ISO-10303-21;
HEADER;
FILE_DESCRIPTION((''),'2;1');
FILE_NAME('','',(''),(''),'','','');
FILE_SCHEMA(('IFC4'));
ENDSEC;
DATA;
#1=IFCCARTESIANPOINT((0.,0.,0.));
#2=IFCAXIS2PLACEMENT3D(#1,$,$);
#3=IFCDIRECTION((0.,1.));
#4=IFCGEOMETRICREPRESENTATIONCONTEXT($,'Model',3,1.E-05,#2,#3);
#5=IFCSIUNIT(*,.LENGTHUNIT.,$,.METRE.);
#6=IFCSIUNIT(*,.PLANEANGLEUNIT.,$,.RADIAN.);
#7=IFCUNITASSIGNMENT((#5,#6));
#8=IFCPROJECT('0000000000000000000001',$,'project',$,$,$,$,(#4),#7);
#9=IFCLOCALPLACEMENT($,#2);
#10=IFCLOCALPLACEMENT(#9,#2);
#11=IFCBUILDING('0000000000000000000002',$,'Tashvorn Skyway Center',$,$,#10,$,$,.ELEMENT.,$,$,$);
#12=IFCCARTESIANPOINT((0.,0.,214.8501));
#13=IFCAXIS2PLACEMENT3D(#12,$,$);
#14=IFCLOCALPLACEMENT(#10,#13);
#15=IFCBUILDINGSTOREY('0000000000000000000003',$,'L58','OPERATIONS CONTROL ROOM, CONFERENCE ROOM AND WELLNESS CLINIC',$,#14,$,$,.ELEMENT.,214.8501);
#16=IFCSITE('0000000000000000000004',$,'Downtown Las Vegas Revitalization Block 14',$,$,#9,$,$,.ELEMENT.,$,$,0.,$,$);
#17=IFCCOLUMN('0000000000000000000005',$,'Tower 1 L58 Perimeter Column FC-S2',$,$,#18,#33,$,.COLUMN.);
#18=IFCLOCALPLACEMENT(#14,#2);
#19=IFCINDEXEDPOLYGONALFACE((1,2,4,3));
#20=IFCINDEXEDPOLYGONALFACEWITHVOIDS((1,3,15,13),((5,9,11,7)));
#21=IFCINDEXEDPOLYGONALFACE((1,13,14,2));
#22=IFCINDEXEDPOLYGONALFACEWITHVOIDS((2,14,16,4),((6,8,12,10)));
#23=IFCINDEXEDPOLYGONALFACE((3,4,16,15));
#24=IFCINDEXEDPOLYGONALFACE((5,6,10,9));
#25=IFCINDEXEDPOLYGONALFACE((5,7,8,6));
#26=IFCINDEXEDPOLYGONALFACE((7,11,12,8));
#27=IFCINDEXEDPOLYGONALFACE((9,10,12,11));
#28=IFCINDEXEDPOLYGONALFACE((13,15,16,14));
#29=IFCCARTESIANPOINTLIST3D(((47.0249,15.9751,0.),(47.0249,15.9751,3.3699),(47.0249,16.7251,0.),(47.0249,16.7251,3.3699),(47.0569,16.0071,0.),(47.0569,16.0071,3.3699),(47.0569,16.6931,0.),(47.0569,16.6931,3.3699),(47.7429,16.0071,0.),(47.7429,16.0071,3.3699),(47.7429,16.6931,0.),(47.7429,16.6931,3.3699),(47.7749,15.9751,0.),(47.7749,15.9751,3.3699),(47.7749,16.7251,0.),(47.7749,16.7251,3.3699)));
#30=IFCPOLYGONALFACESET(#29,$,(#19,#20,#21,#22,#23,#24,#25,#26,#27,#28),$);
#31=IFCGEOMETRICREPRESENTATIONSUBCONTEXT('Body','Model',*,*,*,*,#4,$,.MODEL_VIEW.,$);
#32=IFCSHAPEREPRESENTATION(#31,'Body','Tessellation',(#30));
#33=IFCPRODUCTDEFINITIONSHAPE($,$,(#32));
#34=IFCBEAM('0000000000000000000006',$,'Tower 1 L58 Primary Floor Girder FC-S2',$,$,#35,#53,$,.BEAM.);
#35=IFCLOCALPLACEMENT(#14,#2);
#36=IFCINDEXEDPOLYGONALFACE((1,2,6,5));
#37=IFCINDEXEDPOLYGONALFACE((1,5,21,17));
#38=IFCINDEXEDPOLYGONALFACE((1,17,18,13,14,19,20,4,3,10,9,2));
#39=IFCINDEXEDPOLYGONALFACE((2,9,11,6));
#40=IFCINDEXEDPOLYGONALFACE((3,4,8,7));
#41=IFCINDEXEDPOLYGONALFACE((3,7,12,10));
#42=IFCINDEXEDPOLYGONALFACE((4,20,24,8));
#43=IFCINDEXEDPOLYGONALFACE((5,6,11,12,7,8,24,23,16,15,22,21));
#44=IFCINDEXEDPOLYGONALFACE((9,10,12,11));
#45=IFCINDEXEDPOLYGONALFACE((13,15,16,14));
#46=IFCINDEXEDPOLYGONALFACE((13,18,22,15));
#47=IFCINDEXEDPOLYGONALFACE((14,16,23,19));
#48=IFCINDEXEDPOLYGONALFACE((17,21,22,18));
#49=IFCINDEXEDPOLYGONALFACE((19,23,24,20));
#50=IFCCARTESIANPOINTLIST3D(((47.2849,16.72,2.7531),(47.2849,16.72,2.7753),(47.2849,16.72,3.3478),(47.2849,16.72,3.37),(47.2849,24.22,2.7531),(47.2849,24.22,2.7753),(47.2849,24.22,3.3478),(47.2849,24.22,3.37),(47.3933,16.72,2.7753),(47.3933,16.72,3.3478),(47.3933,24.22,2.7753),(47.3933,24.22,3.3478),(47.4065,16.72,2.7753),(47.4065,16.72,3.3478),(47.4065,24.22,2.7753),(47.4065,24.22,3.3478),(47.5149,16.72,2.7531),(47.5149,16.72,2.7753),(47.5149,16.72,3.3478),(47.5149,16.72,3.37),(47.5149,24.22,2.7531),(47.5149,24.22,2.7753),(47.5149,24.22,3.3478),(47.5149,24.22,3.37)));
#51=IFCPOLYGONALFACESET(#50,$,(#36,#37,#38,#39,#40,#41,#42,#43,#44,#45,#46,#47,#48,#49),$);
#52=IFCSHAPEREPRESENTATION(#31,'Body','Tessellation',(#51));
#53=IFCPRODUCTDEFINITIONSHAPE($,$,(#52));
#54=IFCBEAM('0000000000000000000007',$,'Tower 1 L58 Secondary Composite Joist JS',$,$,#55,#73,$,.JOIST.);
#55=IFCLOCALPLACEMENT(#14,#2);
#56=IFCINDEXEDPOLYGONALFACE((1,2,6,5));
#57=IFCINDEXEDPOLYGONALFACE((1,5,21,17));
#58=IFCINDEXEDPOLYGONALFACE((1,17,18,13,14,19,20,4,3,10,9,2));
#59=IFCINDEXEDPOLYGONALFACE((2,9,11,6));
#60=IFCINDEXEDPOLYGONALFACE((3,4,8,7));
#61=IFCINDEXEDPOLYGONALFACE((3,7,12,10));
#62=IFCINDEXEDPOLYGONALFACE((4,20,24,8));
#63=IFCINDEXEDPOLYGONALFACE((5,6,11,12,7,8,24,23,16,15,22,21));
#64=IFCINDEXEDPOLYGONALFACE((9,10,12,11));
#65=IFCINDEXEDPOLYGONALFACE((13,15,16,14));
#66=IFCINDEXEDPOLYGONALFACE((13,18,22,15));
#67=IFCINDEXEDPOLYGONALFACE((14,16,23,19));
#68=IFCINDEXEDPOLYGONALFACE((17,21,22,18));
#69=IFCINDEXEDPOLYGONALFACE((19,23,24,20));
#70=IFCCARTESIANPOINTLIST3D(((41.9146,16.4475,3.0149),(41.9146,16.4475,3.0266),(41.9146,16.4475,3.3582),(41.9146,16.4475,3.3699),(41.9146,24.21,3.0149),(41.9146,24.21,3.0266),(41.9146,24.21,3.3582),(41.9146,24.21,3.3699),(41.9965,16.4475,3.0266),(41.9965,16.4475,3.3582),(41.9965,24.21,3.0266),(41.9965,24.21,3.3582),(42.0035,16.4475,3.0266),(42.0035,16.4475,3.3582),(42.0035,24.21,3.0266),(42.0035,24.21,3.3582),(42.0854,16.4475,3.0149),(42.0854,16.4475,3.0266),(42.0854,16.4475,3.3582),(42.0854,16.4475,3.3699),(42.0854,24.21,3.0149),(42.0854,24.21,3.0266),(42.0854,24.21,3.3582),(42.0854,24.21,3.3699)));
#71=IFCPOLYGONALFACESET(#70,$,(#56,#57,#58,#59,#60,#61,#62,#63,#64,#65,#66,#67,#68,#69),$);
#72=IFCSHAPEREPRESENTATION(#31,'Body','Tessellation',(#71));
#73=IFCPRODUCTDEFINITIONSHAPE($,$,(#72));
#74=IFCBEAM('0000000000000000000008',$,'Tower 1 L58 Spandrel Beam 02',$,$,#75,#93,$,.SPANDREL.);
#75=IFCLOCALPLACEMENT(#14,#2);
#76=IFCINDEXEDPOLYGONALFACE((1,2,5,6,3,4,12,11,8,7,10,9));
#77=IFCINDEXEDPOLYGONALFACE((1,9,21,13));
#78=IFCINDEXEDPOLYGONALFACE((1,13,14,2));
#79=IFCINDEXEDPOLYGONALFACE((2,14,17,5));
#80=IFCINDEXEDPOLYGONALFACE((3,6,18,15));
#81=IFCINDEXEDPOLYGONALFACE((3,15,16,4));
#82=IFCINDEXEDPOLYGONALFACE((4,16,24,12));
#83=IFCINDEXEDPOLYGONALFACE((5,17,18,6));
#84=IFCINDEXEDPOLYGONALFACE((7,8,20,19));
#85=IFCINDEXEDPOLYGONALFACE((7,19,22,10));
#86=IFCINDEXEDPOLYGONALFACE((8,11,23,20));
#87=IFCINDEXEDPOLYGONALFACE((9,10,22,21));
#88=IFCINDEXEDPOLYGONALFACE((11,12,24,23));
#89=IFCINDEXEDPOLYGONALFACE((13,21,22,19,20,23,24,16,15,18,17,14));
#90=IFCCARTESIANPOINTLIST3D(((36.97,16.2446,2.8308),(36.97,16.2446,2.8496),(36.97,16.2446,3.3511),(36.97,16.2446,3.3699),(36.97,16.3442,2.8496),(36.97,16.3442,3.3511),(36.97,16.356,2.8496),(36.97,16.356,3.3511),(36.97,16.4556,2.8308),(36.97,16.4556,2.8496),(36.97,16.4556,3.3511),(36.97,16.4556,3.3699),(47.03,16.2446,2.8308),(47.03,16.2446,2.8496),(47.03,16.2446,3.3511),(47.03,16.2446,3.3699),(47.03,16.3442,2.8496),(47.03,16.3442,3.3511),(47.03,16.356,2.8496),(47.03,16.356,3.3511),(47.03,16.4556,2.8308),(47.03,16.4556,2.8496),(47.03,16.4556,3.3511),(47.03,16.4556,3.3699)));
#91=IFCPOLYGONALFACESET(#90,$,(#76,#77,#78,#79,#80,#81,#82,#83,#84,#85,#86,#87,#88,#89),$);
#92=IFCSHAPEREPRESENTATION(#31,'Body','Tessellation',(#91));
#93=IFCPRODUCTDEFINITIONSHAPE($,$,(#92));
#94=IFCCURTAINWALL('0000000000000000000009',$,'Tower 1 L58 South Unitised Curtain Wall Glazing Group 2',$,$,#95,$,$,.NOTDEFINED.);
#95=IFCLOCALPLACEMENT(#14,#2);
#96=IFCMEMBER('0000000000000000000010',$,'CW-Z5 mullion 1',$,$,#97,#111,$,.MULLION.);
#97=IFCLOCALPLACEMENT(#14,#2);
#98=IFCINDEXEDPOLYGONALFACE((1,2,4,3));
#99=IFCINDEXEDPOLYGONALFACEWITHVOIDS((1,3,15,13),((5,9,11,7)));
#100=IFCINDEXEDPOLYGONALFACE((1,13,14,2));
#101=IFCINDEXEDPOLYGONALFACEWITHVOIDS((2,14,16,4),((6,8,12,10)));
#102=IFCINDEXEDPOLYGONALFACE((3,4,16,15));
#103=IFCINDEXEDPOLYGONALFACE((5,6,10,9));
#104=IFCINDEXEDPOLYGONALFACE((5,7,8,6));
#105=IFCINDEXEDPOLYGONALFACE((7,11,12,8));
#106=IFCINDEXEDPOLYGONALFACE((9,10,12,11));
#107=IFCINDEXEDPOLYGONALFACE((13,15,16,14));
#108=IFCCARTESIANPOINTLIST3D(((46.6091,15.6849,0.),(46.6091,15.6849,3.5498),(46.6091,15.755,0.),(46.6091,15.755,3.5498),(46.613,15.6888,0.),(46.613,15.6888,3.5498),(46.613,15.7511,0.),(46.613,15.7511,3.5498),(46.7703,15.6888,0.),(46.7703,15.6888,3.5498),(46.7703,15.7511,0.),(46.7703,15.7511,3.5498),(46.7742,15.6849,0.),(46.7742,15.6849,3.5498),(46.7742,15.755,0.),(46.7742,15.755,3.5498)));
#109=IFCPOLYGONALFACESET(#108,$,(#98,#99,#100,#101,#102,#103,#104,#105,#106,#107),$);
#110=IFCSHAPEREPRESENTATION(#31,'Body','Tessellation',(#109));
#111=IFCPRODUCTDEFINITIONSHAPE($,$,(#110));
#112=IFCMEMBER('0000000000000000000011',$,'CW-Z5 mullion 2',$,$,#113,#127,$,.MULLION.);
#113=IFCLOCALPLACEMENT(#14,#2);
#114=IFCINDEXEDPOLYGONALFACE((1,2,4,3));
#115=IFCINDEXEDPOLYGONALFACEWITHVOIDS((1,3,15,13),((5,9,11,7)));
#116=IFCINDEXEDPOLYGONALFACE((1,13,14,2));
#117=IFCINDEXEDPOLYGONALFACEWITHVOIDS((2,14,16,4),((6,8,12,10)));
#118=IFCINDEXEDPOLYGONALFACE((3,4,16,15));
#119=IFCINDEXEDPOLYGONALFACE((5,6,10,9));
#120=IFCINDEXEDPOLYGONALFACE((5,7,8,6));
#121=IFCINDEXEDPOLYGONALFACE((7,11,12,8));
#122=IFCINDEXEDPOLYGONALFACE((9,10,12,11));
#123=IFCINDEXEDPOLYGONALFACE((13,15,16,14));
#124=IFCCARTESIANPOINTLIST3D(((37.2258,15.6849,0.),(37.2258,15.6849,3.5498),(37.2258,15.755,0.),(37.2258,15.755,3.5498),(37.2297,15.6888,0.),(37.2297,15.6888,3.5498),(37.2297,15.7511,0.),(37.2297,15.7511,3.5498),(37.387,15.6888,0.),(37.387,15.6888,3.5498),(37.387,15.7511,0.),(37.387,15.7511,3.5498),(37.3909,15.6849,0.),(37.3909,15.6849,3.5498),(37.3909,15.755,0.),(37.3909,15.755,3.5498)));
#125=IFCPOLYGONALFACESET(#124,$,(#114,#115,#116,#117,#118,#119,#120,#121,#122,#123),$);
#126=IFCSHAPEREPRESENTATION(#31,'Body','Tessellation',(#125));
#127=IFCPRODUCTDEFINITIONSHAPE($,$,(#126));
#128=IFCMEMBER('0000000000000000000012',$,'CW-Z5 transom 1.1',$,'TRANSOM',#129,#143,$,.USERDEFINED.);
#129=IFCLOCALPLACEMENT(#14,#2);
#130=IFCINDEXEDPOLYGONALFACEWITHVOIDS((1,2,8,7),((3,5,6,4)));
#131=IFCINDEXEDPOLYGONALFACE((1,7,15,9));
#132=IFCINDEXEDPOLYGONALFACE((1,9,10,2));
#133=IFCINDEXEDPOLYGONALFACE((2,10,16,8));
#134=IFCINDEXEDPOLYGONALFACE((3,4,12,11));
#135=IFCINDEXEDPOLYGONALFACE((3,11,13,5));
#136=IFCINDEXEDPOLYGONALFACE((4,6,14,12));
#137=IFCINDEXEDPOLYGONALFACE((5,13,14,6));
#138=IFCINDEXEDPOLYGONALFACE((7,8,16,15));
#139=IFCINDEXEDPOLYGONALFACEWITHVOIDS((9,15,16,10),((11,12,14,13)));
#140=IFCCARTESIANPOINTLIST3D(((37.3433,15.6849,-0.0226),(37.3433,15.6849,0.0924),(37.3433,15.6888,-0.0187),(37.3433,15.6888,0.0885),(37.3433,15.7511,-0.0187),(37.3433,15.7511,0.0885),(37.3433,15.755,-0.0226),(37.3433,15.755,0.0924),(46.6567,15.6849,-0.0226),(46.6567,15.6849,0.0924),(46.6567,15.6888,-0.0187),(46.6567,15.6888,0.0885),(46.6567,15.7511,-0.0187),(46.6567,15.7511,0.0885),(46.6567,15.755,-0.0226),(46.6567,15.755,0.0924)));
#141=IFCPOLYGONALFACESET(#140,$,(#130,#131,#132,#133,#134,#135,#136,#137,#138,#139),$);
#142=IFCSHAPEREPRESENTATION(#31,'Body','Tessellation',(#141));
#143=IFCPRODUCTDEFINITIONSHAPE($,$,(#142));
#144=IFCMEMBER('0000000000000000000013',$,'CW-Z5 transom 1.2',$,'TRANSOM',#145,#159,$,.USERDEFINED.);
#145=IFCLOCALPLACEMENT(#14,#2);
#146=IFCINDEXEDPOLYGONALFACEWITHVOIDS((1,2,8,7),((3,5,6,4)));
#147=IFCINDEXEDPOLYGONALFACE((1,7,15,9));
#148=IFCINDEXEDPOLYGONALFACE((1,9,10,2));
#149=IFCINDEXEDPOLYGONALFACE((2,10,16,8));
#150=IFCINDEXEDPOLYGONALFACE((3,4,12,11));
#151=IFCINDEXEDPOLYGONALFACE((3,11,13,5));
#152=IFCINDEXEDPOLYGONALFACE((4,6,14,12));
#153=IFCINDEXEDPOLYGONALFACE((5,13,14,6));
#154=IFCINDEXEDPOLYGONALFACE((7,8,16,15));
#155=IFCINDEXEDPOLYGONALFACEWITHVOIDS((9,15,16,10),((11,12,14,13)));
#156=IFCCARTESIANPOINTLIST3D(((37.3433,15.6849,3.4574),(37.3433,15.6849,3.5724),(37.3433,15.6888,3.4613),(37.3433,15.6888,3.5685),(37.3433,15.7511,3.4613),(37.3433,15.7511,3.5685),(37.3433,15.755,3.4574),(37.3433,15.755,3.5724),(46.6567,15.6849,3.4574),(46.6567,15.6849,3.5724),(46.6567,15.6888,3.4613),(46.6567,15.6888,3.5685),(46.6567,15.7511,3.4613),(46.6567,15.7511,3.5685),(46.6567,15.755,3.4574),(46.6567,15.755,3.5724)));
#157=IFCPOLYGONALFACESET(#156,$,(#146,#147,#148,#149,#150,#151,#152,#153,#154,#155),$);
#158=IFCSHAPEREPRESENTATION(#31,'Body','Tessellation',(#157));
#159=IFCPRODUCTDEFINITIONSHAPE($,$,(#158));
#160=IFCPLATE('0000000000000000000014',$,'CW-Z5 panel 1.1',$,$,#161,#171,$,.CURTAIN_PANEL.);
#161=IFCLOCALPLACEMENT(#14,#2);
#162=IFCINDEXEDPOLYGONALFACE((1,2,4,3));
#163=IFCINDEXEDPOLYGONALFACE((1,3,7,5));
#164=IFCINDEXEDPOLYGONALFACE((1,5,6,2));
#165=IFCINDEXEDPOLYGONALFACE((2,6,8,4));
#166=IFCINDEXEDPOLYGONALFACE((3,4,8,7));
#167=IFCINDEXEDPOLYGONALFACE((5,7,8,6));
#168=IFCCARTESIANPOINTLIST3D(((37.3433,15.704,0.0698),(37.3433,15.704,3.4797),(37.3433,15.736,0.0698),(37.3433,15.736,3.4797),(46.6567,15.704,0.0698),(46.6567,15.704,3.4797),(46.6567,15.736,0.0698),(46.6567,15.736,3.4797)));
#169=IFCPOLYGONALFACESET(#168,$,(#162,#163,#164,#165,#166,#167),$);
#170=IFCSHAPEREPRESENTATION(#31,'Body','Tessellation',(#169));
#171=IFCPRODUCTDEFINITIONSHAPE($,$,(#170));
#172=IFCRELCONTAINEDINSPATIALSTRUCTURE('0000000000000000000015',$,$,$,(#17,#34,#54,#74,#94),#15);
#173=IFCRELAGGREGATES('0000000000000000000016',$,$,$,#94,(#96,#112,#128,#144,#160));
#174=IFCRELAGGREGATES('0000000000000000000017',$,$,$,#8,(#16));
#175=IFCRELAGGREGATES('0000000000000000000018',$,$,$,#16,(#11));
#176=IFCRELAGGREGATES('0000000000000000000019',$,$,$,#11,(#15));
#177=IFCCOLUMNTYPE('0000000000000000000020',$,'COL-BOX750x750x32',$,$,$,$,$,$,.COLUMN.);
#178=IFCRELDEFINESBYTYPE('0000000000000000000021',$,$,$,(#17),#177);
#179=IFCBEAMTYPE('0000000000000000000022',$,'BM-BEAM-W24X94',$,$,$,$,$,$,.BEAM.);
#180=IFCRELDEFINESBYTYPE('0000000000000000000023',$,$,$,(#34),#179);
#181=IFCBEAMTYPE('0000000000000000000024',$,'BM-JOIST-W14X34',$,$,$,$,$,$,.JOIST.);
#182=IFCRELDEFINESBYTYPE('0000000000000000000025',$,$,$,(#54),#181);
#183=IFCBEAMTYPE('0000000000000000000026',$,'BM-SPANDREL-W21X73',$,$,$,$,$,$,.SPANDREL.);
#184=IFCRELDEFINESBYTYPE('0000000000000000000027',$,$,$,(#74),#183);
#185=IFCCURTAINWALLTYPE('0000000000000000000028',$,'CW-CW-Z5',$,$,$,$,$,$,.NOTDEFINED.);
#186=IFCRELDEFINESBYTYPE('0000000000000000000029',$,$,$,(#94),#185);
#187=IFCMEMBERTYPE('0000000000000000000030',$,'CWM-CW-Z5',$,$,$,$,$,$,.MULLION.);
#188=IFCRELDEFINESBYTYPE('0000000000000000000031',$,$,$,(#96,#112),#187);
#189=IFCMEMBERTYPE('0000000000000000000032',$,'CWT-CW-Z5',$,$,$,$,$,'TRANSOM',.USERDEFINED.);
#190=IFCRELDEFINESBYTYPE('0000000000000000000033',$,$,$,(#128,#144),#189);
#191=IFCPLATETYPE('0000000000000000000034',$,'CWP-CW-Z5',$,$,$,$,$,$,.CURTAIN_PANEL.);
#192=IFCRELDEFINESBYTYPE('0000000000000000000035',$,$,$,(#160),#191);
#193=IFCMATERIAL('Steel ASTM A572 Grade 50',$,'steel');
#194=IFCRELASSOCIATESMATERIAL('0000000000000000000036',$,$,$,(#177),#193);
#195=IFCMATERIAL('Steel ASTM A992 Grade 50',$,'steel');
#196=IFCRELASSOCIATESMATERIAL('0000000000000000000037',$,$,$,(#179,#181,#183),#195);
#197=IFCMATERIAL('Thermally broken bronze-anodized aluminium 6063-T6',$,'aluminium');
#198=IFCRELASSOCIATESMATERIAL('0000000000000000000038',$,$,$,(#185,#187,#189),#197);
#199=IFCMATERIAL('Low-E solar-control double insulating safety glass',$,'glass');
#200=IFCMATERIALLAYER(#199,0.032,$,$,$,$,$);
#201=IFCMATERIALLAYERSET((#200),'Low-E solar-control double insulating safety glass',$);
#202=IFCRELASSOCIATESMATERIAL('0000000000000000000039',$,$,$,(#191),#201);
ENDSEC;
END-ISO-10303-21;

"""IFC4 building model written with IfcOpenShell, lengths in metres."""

from ifc_helpers import new_model, si_unit, direction, frame, origin, origin_2d, place, context, subcontext, project, spatial, rectangle, hollow_rectangle, i_section, extrude, material, layer, layer_set, material_profile, profile_set, type_object, element, aggregate, save


model = new_model("IFC4")

# Units and contexts
model_context = context("Model", 3, precision=1e-05, world=origin(), true_north=direction((0.0, 1.0)))
body_context = subcontext(model_context, "Body", "Model", "MODEL_VIEW")
ifc_project = project(units=[si_unit("LENGTHUNIT", "METRE"), si_unit("PLANEANGLEUNIT", "RADIAN")], contexts=[model_context])

# Site, building, storey
site_placement = place(None, origin())
site = spatial("IfcSite", under=ifc_project, at=site_placement, Name="Downtown Las Vegas Revitalization Block 14", CompositionType="ELEMENT", RefElevation=0.0)
building_placement = place(site_placement, origin())
building = spatial("IfcBuilding", under=site, at=building_placement, Name="Tashvorn Skyway Center", CompositionType="ELEMENT")
storey_placement = place(building_placement, frame((0.0, 0.0, 214.8501)))
storey = spatial("IfcBuildingStorey", under=building, at=storey_placement, Name="L58", Description="OPERATIONS CONTROL ROOM, CONFERENCE ROOM AND WELLNESS CLINIC", CompositionType="ELEMENT", Elevation=214.8501)

# Column
ifc_material_1 = material(Name="Steel ASTM A572 Grade 50", Category="steel")
ifc_material_profile_1 = material_profile(ifc_material_1, hollow_rectangle(XDim=0.75, YDim=0.75, WallThickness=0.032, at=origin_2d()), Name="BOX750x750x32")
ifc_profile_set_1 = profile_set([ifc_material_profile_1], Name="Steel ASTM A572 Grade 50")
column_type = type_object("IfcColumnType", Name="COL-BOX750x750x32", PredefinedType="COLUMN", material=ifc_profile_set_1)
column_placement = place(storey_placement, frame((47.3999, 16.3501, 0.0), z_axis=(0.0, 0.0, 1.0), x_axis=(1.0, 0.0, 0.0)))
element("IfcColumn", 1, at=column_placement, inside=storey, type_object=column_type, Name="Tower 1 L58 Perimeter Column FC-S2", PredefinedType="COLUMN", context=body_context, shape_type="SweptSolid", body=[
    extrude(hollow_rectangle(XDim=0.75, YDim=0.75, WallThickness=0.032, at=origin_2d()), origin(), (0.0, 0.0, 1.0), 3.3699),
])

# Beams
ifc_material_2 = material(Name="Steel ASTM A992 Grade 50", Category="steel")
ifc_material_profile_2 = material_profile(ifc_material_2, i_section(OverallWidth=0.23, OverallDepth=0.6169, WebThickness=0.0132, FlangeThickness=0.0222, at=origin_2d()), Name="W24X94")
ifc_profile_set_2 = profile_set([ifc_material_profile_2], Name="Steel ASTM A992 Grade 50")
beam_type_1 = type_object("IfcBeamType", Name="BM-BEAM-W24X94", PredefinedType="BEAM", material=ifc_profile_set_2)
beam_1_placement = place(storey_placement, frame((47.3999, 16.72, 3.0615), z_axis=(0.0, 1.0, 0.0), x_axis=(-1.0, 0.0, 0.0)))
element("IfcBeam", 2, at=beam_1_placement, inside=storey, type_object=beam_type_1, Name="Tower 1 L58 Primary Floor Girder FC-S2", PredefinedType="BEAM", context=body_context, shape_type="SweptSolid", body=[
    extrude(i_section(OverallWidth=0.23, OverallDepth=0.6169, WebThickness=0.0132, FlangeThickness=0.0222, at=origin_2d()), origin(), (0.0, 0.0, 1.0), 7.5),
])
ifc_material_profile_3 = material_profile(ifc_material_2, i_section(OverallWidth=0.1709, OverallDepth=0.355, WebThickness=0.0071, FlangeThickness=0.0117, at=origin_2d()), Name="W14X34")
ifc_profile_set_3 = profile_set([ifc_material_profile_3], Name="Steel ASTM A992 Grade 50")
beam_type_2 = type_object("IfcBeamType", Name="BM-JOIST-W14X34", PredefinedType="JOIST", material=ifc_profile_set_3)
beam_2_placement = place(storey_placement, frame((42.0, 24.21, 3.1924), z_axis=(0.0, -1.0, 0.0), x_axis=(1.0, 0.0, 0.0)))
element("IfcBeam", 3, at=beam_2_placement, inside=storey, type_object=beam_type_2, Name="Tower 1 L58 Secondary Composite Joist JS", PredefinedType="JOIST", context=body_context, shape_type="SweptSolid", body=[
    extrude(i_section(OverallWidth=0.1709, OverallDepth=0.355, WebThickness=0.0071, FlangeThickness=0.0117, at=origin_2d()), origin(), (0.0, 0.0, 1.0), 7.7625),
])
ifc_material_profile_4 = material_profile(ifc_material_2, i_section(OverallWidth=0.2109, OverallDepth=0.5391, WebThickness=0.0117, FlangeThickness=0.0188, at=origin_2d()), Name="W21X73")
ifc_profile_set_4 = profile_set([ifc_material_profile_4], Name="Steel ASTM A992 Grade 50")
beam_type_3 = type_object("IfcBeamType", Name="BM-SPANDREL-W21X73", PredefinedType="SPANDREL", material=ifc_profile_set_4)
beam_3_placement = place(storey_placement, frame((36.97, 16.3501, 3.1003), z_axis=(1.0, 0.0, 0.0), x_axis=(0.0, 1.0, 0.0)))
element("IfcBeam", 4, at=beam_3_placement, inside=storey, type_object=beam_type_3, Name="Tower 1 L58 Spandrel Beam 02", PredefinedType="SPANDREL", context=body_context, shape_type="SweptSolid", body=[
    extrude(i_section(OverallWidth=0.2109, OverallDepth=0.5391, WebThickness=0.0117, FlangeThickness=0.0188, at=origin_2d()), origin(), (0.0, 0.0, 1.0), 10.0601),
])

# Curtain wall, members, plate
ifc_material_3 = material(Name="Thermally broken bronze-anodized aluminium 6063-T6", Category="aluminium")
curtain_wall_type = type_object("IfcCurtainWallType", Name="CW-CW-Z5", PredefinedType="NOTDEFINED", material=ifc_material_3)
curtain_wall_placement = place(storey_placement, origin())
curtain_wall = element("IfcCurtainWall", 5, at=curtain_wall_placement, inside=storey, type_object=curtain_wall_type, Name="Tower 1 L58 South Unitised Curtain Wall Glazing Group 2", PredefinedType="NOTDEFINED")
ifc_material_profile_5 = material_profile(ifc_material_3, hollow_rectangle(XDim=0.0701, YDim=0.165, WallThickness=0.0039, at=origin_2d()), Name="ALU-MULL-70x165")
ifc_profile_set_5 = profile_set([ifc_material_profile_5], Name="Thermally broken bronze-anodized aluminium 6063-T6")
member_type_1 = type_object("IfcMemberType", Name="CWM-CW-Z5", PredefinedType="MULLION", material=ifc_profile_set_5)
member_1_placement = place(storey_placement, frame((46.6917, 15.72, 0.0), z_axis=(0.0, 0.0, 1.0), x_axis=(0.0, -1.0, 0.0)))
member_1 = element("IfcMember", 6, at=member_1_placement, type_object=member_type_1, Name="CW-Z5 mullion 1", PredefinedType="MULLION", context=body_context, shape_type="SweptSolid", body=[
    extrude(hollow_rectangle(XDim=0.0701, YDim=0.165, WallThickness=0.0039, at=origin_2d()), origin(), (0.0, 0.0, 1.0), 3.5498),
])
member_2_placement = place(storey_placement, frame((37.3083, 15.72, 0.0), z_axis=(0.0, 0.0, 1.0), x_axis=(0.0, -1.0, 0.0)))
member_2 = element("IfcMember", 7, at=member_2_placement, type_object=member_type_1, Name="CW-Z5 mullion 2", PredefinedType="MULLION", context=body_context, shape_type="SweptSolid", body=[
    extrude(hollow_rectangle(XDim=0.0701, YDim=0.165, WallThickness=0.0039, at=origin_2d()), origin(), (0.0, 0.0, 1.0), 3.5498),
])
ifc_material_profile_6 = material_profile(ifc_material_3, hollow_rectangle(XDim=0.0701, YDim=0.115, WallThickness=0.0039, at=origin_2d()), Name="ALU-TRAN-70x115")
ifc_profile_set_6 = profile_set([ifc_material_profile_6], Name="Thermally broken bronze-anodized aluminium 6063-T6")
member_type_2 = type_object("IfcMemberType", Name="CWT-CW-Z5", ElementType="TRANSOM", PredefinedType="USERDEFINED", material=ifc_profile_set_6)
member_3_placement = place(storey_placement, frame((46.6567, 15.72, 0.0349), z_axis=(-1.0, 0.0, 0.0), x_axis=(0.0, -1.0, 0.0)))
member_3 = element("IfcMember", 8, at=member_3_placement, type_object=member_type_2, Name="CW-Z5 transom 1.1", ObjectType="TRANSOM", PredefinedType="USERDEFINED", context=body_context, shape_type="SweptSolid", body=[
    extrude(hollow_rectangle(XDim=0.0701, YDim=0.115, WallThickness=0.0039, at=origin_2d()), origin(), (0.0, 0.0, 1.0), 9.3135),
])
member_4_placement = place(storey_placement, frame((46.6567, 15.72, 3.5149), z_axis=(-1.0, 0.0, 0.0), x_axis=(0.0, -1.0, 0.0)))
member_4 = element("IfcMember", 9, at=member_4_placement, type_object=member_type_2, Name="CW-Z5 transom 1.2", ObjectType="TRANSOM", PredefinedType="USERDEFINED", context=body_context, shape_type="SweptSolid", body=[
    extrude(hollow_rectangle(XDim=0.0701, YDim=0.115, WallThickness=0.0039, at=origin_2d()), origin(), (0.0, 0.0, 1.0), 9.3135),
])
ifc_material_4 = material(Name="Low-E solar-control double insulating safety glass", Category="glass")
ifc_layer_1 = layer(ifc_material_4, 0.032)
ifc_layer_set_1 = layer_set([ifc_layer_1], Name="Low-E solar-control double insulating safety glass")
plate_type = type_object("IfcPlateType", Name="CWP-CW-Z5", PredefinedType="CURTAIN_PANEL", material=ifc_layer_set_1)
plate_placement = place(storey_placement, frame((42.0, 15.72, 0.0698), z_axis=(0.0, 0.0, 1.0), x_axis=(-1.0, 0.0, 0.0)))
plate = element("IfcPlate", 10, at=plate_placement, type_object=plate_type, Name="CW-Z5 panel 1.1", PredefinedType="CURTAIN_PANEL", context=body_context, shape_type="SweptSolid", body=[
    extrude(rectangle(XDim=9.3135, YDim=0.032, at=origin_2d()), origin(), (0.0, 0.0, 1.0), 3.4099),
])
aggregate(curtain_wall, [member_1, member_2, member_3, member_4, plate])

save(model, "model.ifc")
